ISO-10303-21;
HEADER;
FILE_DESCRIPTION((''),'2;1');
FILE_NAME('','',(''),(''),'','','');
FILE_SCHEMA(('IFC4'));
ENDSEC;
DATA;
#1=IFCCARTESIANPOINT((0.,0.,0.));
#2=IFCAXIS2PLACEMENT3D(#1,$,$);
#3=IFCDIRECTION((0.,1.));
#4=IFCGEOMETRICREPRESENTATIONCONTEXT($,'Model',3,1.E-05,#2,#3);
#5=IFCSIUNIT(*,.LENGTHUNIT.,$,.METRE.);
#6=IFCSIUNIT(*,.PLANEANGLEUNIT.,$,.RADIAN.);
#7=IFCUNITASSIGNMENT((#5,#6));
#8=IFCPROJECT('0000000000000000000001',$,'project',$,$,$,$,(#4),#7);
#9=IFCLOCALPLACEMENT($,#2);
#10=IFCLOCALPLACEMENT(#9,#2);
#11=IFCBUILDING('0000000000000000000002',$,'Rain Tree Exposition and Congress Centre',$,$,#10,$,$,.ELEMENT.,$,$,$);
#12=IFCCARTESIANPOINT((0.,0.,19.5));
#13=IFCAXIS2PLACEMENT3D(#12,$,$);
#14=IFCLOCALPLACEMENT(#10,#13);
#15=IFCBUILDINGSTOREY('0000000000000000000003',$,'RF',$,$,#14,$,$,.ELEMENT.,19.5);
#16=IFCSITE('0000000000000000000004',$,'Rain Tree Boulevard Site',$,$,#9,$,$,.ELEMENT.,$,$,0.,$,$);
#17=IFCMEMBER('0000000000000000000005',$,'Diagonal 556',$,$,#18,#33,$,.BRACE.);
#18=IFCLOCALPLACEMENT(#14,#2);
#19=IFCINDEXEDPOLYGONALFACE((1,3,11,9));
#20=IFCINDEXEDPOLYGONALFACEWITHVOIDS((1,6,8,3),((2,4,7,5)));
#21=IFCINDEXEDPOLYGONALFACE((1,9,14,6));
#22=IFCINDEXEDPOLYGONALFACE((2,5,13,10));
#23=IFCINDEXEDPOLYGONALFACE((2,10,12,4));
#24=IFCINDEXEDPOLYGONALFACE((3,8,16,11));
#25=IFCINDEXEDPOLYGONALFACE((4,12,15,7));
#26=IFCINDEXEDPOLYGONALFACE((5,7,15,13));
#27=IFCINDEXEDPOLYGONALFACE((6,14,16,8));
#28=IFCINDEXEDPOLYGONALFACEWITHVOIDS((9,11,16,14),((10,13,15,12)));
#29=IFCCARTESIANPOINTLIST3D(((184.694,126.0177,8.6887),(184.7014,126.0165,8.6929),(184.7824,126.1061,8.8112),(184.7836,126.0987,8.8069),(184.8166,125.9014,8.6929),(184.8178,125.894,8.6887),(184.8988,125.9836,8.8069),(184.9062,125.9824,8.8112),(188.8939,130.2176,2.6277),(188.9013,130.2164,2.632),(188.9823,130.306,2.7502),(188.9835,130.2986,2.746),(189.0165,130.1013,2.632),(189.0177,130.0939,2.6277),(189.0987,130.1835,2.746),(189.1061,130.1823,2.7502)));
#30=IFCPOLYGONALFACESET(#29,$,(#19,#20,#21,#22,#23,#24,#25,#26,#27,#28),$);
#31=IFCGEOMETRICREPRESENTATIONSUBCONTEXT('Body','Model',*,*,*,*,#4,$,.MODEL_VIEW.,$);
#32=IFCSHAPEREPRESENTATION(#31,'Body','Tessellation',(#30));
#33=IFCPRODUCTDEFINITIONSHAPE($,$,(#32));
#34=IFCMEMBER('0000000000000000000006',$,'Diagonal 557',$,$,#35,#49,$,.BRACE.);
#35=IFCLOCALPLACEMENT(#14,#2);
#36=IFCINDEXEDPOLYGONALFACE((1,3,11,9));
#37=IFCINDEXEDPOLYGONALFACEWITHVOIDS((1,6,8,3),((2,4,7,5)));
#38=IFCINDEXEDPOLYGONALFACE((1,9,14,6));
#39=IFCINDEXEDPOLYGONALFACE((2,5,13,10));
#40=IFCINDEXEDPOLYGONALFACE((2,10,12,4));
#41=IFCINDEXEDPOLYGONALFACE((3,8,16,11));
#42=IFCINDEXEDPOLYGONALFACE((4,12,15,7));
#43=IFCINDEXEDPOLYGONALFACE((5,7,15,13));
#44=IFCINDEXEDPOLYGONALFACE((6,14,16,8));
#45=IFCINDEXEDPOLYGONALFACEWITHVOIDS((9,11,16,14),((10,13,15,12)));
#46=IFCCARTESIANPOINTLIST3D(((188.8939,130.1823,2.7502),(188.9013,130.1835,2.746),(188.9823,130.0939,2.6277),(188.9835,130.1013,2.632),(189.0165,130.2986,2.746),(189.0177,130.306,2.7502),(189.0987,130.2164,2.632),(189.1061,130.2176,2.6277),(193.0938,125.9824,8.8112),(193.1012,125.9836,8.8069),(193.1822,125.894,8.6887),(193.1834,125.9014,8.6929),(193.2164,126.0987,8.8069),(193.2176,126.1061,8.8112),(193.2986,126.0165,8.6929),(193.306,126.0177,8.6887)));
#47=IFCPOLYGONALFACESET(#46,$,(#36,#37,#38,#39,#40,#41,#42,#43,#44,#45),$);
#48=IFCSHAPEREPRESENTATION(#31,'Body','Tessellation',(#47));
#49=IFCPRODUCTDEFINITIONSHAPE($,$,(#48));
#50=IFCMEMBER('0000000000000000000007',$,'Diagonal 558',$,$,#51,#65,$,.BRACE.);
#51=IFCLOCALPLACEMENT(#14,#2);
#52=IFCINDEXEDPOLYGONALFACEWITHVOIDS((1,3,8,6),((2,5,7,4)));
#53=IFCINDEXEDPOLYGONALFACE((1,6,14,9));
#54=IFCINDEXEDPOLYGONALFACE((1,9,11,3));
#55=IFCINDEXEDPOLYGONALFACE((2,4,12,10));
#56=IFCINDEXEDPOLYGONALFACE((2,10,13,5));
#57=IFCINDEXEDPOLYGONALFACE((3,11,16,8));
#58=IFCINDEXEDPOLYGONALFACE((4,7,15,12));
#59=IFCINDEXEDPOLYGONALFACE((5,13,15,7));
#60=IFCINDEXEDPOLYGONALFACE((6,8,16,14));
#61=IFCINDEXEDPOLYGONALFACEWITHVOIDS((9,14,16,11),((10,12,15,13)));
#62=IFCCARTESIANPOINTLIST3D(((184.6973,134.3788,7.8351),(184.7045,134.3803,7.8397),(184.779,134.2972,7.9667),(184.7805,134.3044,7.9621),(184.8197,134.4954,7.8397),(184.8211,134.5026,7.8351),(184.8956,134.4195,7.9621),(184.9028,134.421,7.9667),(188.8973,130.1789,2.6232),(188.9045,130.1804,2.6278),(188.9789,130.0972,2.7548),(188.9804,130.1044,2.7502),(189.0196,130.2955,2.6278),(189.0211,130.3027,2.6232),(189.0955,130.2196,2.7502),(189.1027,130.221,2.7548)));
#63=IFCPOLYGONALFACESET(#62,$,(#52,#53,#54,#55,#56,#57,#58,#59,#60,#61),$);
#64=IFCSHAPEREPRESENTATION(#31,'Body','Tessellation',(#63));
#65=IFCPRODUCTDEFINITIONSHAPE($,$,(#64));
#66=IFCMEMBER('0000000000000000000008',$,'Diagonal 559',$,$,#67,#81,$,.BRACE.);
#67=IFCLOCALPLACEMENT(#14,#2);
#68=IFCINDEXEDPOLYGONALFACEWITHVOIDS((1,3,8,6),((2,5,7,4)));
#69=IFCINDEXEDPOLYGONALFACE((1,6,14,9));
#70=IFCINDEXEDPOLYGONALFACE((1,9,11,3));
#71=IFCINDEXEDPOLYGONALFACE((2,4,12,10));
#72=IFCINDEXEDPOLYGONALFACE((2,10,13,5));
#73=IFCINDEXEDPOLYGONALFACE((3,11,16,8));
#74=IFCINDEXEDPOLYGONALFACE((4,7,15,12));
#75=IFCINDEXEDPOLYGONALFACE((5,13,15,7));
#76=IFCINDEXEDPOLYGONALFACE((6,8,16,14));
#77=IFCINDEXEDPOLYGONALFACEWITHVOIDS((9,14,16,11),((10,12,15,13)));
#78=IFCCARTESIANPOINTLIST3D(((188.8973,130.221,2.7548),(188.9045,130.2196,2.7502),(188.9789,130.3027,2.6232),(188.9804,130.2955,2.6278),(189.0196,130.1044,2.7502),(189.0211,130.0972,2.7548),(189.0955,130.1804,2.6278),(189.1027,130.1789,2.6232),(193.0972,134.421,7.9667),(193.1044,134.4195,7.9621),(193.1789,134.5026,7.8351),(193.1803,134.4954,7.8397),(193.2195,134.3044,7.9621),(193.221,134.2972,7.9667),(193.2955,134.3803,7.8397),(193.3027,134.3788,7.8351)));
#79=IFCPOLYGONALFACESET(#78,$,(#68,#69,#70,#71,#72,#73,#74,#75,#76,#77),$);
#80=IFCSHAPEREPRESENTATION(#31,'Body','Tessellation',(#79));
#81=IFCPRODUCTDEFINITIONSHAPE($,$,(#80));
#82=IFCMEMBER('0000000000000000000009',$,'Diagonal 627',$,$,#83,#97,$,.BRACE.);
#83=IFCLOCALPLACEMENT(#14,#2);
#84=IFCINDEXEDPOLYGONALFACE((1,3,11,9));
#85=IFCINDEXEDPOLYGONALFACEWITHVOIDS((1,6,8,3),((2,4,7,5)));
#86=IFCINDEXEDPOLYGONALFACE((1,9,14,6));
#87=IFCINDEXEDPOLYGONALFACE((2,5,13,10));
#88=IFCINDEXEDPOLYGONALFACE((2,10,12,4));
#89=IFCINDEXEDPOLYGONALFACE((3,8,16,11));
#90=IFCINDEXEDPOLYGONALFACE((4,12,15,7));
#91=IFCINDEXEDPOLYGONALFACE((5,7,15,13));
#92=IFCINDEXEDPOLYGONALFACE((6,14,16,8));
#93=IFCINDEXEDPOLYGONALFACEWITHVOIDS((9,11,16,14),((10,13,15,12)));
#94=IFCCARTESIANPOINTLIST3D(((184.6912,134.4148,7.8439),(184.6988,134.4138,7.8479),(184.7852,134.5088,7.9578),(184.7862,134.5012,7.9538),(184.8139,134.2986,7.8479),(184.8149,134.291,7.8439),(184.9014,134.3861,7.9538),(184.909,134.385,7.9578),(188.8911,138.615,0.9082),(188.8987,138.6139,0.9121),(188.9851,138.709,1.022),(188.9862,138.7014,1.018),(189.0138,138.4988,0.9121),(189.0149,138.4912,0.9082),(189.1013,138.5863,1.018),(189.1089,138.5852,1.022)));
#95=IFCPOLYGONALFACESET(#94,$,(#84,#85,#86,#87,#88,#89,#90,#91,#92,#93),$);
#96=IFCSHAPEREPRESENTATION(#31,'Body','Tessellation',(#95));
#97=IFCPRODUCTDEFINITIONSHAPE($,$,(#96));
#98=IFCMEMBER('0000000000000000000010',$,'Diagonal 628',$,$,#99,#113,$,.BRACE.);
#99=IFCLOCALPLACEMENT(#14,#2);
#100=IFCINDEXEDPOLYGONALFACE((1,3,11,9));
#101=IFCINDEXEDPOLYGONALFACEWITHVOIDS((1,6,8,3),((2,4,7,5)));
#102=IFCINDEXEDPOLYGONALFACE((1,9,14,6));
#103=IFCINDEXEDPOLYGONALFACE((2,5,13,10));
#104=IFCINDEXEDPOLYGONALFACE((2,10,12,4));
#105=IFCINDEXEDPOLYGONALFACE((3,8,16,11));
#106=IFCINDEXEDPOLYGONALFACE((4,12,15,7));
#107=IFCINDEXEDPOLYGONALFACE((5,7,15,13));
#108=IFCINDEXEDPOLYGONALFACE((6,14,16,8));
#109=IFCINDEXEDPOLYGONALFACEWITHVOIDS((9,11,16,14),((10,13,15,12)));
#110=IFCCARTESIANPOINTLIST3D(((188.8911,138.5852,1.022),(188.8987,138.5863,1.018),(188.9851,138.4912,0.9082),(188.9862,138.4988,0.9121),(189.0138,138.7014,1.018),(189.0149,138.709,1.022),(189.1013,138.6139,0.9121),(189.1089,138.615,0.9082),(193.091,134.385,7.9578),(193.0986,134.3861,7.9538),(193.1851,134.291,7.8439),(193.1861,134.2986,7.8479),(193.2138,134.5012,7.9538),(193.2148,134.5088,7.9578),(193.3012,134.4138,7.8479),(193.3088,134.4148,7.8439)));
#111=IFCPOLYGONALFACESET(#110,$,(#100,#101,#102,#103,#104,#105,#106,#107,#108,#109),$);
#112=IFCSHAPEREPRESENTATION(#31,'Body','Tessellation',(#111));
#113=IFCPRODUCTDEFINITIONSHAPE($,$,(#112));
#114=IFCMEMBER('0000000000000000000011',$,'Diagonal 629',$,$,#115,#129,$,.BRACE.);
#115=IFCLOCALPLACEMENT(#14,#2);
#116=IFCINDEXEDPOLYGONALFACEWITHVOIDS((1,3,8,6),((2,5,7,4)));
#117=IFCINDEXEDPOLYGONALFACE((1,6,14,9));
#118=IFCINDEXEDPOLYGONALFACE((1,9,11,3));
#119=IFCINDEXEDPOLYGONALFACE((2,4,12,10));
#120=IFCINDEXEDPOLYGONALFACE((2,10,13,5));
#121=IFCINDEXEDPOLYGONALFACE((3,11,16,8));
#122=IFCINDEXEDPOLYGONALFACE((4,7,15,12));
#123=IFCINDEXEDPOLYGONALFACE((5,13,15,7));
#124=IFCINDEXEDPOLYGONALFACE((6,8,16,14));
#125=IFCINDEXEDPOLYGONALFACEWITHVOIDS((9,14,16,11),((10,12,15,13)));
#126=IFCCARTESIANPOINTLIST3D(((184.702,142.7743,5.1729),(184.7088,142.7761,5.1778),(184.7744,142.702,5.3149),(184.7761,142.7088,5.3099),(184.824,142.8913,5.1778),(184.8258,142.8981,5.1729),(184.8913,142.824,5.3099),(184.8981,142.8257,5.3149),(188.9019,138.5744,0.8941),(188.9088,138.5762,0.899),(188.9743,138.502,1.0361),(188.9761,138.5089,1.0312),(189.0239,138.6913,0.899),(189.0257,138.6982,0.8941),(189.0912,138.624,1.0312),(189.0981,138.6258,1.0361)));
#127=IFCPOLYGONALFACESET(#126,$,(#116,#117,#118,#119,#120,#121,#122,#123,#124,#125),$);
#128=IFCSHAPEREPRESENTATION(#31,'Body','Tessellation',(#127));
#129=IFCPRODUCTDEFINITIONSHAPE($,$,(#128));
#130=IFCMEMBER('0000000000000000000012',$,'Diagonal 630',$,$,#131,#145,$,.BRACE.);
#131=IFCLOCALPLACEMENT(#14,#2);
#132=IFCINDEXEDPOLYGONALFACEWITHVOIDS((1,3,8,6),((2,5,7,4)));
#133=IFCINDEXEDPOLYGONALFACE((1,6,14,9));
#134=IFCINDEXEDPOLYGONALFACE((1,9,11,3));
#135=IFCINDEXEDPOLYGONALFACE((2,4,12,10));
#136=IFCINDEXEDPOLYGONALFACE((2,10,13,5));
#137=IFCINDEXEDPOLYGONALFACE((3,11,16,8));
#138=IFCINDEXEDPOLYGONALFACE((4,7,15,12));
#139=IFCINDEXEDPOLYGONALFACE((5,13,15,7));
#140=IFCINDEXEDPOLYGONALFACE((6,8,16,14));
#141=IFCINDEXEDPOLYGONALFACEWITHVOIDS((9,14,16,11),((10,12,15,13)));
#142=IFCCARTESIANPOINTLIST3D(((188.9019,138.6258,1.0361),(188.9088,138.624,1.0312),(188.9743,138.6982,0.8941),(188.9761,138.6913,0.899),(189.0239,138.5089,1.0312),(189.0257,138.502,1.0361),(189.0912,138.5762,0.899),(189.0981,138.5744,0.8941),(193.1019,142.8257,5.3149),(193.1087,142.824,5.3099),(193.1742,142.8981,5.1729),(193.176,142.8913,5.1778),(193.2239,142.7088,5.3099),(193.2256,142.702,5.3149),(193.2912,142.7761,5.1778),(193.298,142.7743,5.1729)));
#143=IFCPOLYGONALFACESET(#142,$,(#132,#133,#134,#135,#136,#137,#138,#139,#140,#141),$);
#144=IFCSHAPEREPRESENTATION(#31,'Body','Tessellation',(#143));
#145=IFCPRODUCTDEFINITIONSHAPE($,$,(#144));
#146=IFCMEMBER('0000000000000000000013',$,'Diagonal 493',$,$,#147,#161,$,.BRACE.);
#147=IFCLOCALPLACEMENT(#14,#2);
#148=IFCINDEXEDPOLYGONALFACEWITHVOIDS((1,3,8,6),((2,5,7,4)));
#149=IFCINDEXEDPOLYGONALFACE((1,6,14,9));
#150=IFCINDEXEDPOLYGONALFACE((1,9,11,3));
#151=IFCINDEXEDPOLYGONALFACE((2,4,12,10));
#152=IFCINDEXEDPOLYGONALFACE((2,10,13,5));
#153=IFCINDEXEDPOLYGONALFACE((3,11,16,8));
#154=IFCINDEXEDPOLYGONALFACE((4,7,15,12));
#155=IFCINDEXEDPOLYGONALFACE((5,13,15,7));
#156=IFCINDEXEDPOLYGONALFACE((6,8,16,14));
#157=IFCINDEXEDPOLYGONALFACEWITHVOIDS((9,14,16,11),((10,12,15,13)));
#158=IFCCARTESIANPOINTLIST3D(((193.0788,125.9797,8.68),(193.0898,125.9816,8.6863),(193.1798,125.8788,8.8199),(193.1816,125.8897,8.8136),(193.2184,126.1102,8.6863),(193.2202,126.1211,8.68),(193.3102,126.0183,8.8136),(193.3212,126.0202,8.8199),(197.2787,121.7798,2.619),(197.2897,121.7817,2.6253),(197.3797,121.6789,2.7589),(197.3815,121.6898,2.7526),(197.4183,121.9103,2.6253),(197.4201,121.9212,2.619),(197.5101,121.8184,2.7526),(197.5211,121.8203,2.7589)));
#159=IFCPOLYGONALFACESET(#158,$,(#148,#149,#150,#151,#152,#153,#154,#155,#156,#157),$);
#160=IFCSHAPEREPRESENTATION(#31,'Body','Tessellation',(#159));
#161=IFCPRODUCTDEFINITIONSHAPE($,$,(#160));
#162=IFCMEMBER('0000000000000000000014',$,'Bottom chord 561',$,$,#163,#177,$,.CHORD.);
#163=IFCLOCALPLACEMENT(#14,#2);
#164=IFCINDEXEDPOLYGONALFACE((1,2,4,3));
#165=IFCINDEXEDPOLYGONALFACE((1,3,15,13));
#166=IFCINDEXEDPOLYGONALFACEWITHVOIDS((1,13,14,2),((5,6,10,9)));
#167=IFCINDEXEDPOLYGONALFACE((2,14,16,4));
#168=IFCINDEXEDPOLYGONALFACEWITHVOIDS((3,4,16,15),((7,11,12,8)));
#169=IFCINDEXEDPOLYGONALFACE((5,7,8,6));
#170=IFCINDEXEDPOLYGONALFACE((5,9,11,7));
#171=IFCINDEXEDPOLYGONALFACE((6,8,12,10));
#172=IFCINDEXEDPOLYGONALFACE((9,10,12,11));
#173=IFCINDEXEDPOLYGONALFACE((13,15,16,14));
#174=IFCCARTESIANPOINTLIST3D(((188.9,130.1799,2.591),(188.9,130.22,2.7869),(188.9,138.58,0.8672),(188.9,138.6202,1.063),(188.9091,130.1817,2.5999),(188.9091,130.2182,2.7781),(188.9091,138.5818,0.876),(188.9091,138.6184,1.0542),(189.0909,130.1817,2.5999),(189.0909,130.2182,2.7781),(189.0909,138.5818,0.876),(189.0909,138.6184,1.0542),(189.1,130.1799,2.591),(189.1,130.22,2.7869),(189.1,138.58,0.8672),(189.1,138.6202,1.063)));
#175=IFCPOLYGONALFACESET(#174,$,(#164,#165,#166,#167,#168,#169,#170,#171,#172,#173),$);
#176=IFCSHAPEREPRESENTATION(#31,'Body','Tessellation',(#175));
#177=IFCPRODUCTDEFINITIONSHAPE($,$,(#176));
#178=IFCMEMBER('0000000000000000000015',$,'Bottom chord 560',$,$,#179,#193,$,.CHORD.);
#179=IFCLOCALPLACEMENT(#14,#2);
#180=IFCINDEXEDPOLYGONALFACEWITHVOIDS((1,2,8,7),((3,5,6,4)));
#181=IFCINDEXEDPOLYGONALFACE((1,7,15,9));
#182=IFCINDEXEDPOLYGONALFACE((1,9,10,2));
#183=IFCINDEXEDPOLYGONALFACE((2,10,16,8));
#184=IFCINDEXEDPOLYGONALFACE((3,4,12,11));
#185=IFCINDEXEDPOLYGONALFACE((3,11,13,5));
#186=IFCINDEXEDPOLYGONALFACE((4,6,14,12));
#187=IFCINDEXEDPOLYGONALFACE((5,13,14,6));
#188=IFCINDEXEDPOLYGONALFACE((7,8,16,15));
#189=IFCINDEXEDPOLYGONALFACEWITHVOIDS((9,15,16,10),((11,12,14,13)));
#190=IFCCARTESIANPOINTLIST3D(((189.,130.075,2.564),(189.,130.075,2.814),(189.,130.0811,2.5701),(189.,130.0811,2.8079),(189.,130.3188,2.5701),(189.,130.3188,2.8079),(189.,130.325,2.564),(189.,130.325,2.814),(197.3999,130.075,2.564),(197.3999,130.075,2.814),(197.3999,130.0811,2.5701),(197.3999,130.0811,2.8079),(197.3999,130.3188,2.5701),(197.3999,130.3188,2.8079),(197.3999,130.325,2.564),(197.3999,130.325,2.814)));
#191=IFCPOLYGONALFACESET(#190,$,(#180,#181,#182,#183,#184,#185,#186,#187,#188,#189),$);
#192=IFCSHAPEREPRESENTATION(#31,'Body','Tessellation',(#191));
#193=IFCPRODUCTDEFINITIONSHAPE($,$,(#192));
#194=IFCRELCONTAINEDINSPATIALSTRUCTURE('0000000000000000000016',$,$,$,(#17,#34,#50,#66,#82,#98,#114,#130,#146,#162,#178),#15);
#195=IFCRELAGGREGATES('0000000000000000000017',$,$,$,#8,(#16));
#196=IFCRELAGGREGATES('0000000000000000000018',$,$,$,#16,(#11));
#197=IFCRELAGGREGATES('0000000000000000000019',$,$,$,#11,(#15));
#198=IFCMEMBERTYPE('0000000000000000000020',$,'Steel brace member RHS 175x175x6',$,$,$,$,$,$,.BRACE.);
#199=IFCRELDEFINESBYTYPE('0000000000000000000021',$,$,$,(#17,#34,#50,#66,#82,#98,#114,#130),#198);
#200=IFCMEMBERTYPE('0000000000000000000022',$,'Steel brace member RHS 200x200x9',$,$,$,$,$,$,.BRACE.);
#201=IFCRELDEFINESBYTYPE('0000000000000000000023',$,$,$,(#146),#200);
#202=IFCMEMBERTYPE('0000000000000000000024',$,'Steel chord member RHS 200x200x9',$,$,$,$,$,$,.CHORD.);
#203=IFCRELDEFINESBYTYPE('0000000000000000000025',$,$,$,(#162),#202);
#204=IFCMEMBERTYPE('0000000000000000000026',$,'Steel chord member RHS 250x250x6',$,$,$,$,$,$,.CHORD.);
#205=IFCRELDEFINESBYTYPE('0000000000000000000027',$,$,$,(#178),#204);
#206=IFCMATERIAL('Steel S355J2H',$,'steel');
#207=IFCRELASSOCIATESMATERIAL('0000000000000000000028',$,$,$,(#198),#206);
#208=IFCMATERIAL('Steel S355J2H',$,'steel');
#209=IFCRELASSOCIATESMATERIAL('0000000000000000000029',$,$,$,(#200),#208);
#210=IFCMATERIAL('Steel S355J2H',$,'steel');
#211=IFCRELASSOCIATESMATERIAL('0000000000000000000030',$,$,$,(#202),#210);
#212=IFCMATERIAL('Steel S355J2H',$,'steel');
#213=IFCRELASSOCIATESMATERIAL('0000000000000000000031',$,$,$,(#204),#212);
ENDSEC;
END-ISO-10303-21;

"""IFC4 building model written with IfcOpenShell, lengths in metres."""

from ifc_helpers import new_model, si_unit, direction, frame, origin, origin_2d, place, context, subcontext, project, spatial, hollow_rectangle, extrude, material, material_profile, profile_set, type_object, element, save


model = new_model("IFC4")

# Units and contexts
model_context = context("Model", 3, precision=1e-05, world=origin(), true_north=direction((0.0, 1.0)))
body_context = subcontext(model_context, "Body", "Model", "MODEL_VIEW")
ifc_project = project(units=[si_unit("LENGTHUNIT", "METRE"), si_unit("PLANEANGLEUNIT", "RADIAN")], contexts=[model_context])

# Site, building, storey
site_placement = place(None, origin())
site = spatial("IfcSite", under=ifc_project, at=site_placement, Name="Rain Tree Boulevard Site", CompositionType="ELEMENT", RefElevation=0.0)
building_placement = place(site_placement, origin())
building = spatial("IfcBuilding", under=site, at=building_placement, Name="Rain Tree Exposition and Congress Centre", CompositionType="ELEMENT")
storey_placement = place(building_placement, frame((0.0, 0.0, 19.5)))
storey = spatial("IfcBuildingStorey", under=building, at=storey_placement, Name="RF", CompositionType="ELEMENT", Elevation=19.5)

# Members
ifc_material_1 = material(Name="Steel S355J2H", Category="steel")
ifc_material_profile_1 = material_profile(ifc_material_1, hollow_rectangle(XDim=0.175, YDim=0.175, WallThickness=0.0061, at=origin_2d()), Name="RHS 175x175x6")
ifc_profile_set_1 = profile_set([ifc_material_profile_1], Name="Steel S355J2H")
member_type_1 = type_object("IfcMemberType", Name="Steel brace member RHS 175x175x6", PredefinedType="BRACE", material=ifc_profile_set_1)
for number, where, z_axis, x_axis, name in (
    (1, (189.0, 130.2, 2.689), (-0.494916, -0.494916, 0.714224), (0.707107, -0.707107, 0.0), "Diagonal 556"),
    (2, (189.0, 130.2, 2.689), (0.494916, -0.494916, 0.714224), (0.707107, 0.707107, 0.0), "Diagonal 557"),
):
    element("IfcMember", number, at=place(storey_placement, frame(where, z_axis=z_axis, x_axis=x_axis)), inside=storey, type_object=member_type_1, Name=name, PredefinedType="BRACE", context=body_context, shape_type="SweptSolid", body=[
        extrude(hollow_rectangle(XDim=0.175, YDim=0.175, WallThickness=0.0061, at=origin_2d()), origin(), (0.0, 0.0, 1.0), 8.4861),
    ])
for number, where, z_axis, x_axis, name in (
    (3, (189.0, 130.2, 2.689), (-0.531498, 0.531498, 0.65956), (-0.707107, -0.707107, 0.0), "Diagonal 558"),
    (4, (189.0, 130.2, 2.689), (0.531498, 0.531498, 0.65956), (-0.707107, 0.707107, 0.0), "Diagonal 559"),
):
    element("IfcMember", number, at=place(storey_placement, frame(where, z_axis=z_axis, x_axis=x_axis)), inside=storey, type_object=member_type_1, Name=name, PredefinedType="BRACE", context=body_context, shape_type="SweptSolid", body=[
        extrude(hollow_rectangle(XDim=0.175, YDim=0.175, WallThickness=0.0061, at=origin_2d()), origin(), (0.0, 0.0, 1.0), 7.9021),
    ])
for number, where, z_axis, x_axis, name in (
    (5, (189.0, 138.6001, 0.9651), (-0.459935, -0.459962, 0.759536), (0.707127, -0.707086, 0.0), "Diagonal 627"),
    (6, (189.0, 138.6001, 0.9651), (0.459935, -0.459962, 0.759536), (0.707127, 0.707086, 0.0), "Diagonal 628"),
):
    element("IfcMember", number, at=place(storey_placement, frame(where, z_axis=z_axis, x_axis=x_axis)), inside=storey, type_object=member_type_1, Name=name, PredefinedType="BRACE", context=body_context, shape_type="SweptSolid", body=[
        extrude(hollow_rectangle(XDim=0.175, YDim=0.175, WallThickness=0.0061, at=origin_2d()), origin(), (0.0, 0.0, 1.0), 9.1316),
    ])
for number, where, z_axis, x_axis, name in (
    (7, (189.0, 138.6001, 0.9651), (-0.573737, 0.573737, 0.58451), (-0.707107, -0.707107, 0.0), "Diagonal 629"),
    (8, (189.0, 138.6001, 0.9651), (0.573737, 0.573737, 0.58451), (-0.707107, 0.707107, 0.0), "Diagonal 630"),
):
    element("IfcMember", number, at=place(storey_placement, frame(where, z_axis=z_axis, x_axis=x_axis)), inside=storey, type_object=member_type_1, Name=name, PredefinedType="BRACE", context=body_context, shape_type="SweptSolid", body=[
        extrude(hollow_rectangle(XDim=0.175, YDim=0.175, WallThickness=0.0061, at=origin_2d()), origin(), (0.0, 0.0, 1.0), 7.3203),
    ])
ifc_material_2 = material(Name="Steel S355J2H", Category="steel")
ifc_material_profile_2 = material_profile(ifc_material_2, hollow_rectangle(XDim=0.2, YDim=0.2, WallThickness=0.009, at=origin_2d()), Name="RHS 200x200x9")
ifc_profile_set_2 = profile_set([ifc_material_profile_2], Name="Steel S355J2H")
member_type_2 = type_object("IfcMemberType", Name="Steel brace member RHS 200x200x9", PredefinedType="BRACE", material=ifc_profile_set_2)
member_1_placement = place(storey_placement, frame((197.3999, 121.8, 2.689), z_axis=(-0.494916, 0.494916, 0.714224), x_axis=(-0.707107, -0.707107, 0.0)))
element("IfcMember", 9, at=member_1_placement, inside=storey, type_object=member_type_2, Name="Diagonal 493", PredefinedType="BRACE", context=body_context, shape_type="SweptSolid", body=[
    extrude(hollow_rectangle(XDim=0.2, YDim=0.2, WallThickness=0.009, at=origin_2d()), origin(), (0.0, 0.0, 1.0), 8.4861),
])
ifc_material_3 = material(Name="Steel S355J2H", Category="steel")
ifc_material_profile_3 = material_profile(ifc_material_3, hollow_rectangle(XDim=0.2, YDim=0.2, WallThickness=0.009, at=origin_2d()), Name="RHS 200x200x9")
ifc_profile_set_3 = profile_set([ifc_material_profile_3], Name="Steel S355J2H")
member_type_3 = type_object("IfcMemberType", Name="Steel chord member RHS 200x200x9", PredefinedType="CHORD", material=ifc_profile_set_3)
member_2_placement = place(storey_placement, frame((189.0, 130.2, 2.689), z_axis=(0.0, 0.979585, -0.20103), x_axis=(-1.0, 0.0, 0.0)))
element("IfcMember", 10, at=member_2_placement, inside=storey, type_object=member_type_3, Name="Bottom chord 561", PredefinedType="CHORD", context=body_context, shape_type="SweptSolid", body=[
    extrude(hollow_rectangle(XDim=0.2, YDim=0.2, WallThickness=0.009, at=origin_2d()), origin(), (0.0, 0.0, 1.0), 8.5752),
])
ifc_material_4 = material(Name="Steel S355J2H", Category="steel")
ifc_material_profile_4 = material_profile(ifc_material_4, hollow_rectangle(XDim=0.25, YDim=0.25, WallThickness=0.0061, at=origin_2d()), Name="RHS 250x250x6")
ifc_profile_set_4 = profile_set([ifc_material_profile_4], Name="Steel S355J2H")
member_type_4 = type_object("IfcMemberType", Name="Steel chord member RHS 250x250x6", PredefinedType="CHORD", material=ifc_profile_set_4)
for number, where, z_axis, x_axis, name in (
    (11, (189.0, 130.2, 2.689), (1.0, 0.0, 0.0), (0.0, 1.0, 0.0), "Bottom chord 560"),
):
    element("IfcMember", number, at=place(storey_placement, frame(where, z_axis=z_axis, x_axis=x_axis)), inside=storey, type_object=member_type_4, Name=name, PredefinedType="CHORD", context=body_context, shape_type="SweptSolid", body=[
        extrude(hollow_rectangle(XDim=0.25, YDim=0.25, WallThickness=0.0061, at=origin_2d()), origin(), (0.0, 0.0, 1.0), 8.3999),
    ])

save(model, "model.ifc")
